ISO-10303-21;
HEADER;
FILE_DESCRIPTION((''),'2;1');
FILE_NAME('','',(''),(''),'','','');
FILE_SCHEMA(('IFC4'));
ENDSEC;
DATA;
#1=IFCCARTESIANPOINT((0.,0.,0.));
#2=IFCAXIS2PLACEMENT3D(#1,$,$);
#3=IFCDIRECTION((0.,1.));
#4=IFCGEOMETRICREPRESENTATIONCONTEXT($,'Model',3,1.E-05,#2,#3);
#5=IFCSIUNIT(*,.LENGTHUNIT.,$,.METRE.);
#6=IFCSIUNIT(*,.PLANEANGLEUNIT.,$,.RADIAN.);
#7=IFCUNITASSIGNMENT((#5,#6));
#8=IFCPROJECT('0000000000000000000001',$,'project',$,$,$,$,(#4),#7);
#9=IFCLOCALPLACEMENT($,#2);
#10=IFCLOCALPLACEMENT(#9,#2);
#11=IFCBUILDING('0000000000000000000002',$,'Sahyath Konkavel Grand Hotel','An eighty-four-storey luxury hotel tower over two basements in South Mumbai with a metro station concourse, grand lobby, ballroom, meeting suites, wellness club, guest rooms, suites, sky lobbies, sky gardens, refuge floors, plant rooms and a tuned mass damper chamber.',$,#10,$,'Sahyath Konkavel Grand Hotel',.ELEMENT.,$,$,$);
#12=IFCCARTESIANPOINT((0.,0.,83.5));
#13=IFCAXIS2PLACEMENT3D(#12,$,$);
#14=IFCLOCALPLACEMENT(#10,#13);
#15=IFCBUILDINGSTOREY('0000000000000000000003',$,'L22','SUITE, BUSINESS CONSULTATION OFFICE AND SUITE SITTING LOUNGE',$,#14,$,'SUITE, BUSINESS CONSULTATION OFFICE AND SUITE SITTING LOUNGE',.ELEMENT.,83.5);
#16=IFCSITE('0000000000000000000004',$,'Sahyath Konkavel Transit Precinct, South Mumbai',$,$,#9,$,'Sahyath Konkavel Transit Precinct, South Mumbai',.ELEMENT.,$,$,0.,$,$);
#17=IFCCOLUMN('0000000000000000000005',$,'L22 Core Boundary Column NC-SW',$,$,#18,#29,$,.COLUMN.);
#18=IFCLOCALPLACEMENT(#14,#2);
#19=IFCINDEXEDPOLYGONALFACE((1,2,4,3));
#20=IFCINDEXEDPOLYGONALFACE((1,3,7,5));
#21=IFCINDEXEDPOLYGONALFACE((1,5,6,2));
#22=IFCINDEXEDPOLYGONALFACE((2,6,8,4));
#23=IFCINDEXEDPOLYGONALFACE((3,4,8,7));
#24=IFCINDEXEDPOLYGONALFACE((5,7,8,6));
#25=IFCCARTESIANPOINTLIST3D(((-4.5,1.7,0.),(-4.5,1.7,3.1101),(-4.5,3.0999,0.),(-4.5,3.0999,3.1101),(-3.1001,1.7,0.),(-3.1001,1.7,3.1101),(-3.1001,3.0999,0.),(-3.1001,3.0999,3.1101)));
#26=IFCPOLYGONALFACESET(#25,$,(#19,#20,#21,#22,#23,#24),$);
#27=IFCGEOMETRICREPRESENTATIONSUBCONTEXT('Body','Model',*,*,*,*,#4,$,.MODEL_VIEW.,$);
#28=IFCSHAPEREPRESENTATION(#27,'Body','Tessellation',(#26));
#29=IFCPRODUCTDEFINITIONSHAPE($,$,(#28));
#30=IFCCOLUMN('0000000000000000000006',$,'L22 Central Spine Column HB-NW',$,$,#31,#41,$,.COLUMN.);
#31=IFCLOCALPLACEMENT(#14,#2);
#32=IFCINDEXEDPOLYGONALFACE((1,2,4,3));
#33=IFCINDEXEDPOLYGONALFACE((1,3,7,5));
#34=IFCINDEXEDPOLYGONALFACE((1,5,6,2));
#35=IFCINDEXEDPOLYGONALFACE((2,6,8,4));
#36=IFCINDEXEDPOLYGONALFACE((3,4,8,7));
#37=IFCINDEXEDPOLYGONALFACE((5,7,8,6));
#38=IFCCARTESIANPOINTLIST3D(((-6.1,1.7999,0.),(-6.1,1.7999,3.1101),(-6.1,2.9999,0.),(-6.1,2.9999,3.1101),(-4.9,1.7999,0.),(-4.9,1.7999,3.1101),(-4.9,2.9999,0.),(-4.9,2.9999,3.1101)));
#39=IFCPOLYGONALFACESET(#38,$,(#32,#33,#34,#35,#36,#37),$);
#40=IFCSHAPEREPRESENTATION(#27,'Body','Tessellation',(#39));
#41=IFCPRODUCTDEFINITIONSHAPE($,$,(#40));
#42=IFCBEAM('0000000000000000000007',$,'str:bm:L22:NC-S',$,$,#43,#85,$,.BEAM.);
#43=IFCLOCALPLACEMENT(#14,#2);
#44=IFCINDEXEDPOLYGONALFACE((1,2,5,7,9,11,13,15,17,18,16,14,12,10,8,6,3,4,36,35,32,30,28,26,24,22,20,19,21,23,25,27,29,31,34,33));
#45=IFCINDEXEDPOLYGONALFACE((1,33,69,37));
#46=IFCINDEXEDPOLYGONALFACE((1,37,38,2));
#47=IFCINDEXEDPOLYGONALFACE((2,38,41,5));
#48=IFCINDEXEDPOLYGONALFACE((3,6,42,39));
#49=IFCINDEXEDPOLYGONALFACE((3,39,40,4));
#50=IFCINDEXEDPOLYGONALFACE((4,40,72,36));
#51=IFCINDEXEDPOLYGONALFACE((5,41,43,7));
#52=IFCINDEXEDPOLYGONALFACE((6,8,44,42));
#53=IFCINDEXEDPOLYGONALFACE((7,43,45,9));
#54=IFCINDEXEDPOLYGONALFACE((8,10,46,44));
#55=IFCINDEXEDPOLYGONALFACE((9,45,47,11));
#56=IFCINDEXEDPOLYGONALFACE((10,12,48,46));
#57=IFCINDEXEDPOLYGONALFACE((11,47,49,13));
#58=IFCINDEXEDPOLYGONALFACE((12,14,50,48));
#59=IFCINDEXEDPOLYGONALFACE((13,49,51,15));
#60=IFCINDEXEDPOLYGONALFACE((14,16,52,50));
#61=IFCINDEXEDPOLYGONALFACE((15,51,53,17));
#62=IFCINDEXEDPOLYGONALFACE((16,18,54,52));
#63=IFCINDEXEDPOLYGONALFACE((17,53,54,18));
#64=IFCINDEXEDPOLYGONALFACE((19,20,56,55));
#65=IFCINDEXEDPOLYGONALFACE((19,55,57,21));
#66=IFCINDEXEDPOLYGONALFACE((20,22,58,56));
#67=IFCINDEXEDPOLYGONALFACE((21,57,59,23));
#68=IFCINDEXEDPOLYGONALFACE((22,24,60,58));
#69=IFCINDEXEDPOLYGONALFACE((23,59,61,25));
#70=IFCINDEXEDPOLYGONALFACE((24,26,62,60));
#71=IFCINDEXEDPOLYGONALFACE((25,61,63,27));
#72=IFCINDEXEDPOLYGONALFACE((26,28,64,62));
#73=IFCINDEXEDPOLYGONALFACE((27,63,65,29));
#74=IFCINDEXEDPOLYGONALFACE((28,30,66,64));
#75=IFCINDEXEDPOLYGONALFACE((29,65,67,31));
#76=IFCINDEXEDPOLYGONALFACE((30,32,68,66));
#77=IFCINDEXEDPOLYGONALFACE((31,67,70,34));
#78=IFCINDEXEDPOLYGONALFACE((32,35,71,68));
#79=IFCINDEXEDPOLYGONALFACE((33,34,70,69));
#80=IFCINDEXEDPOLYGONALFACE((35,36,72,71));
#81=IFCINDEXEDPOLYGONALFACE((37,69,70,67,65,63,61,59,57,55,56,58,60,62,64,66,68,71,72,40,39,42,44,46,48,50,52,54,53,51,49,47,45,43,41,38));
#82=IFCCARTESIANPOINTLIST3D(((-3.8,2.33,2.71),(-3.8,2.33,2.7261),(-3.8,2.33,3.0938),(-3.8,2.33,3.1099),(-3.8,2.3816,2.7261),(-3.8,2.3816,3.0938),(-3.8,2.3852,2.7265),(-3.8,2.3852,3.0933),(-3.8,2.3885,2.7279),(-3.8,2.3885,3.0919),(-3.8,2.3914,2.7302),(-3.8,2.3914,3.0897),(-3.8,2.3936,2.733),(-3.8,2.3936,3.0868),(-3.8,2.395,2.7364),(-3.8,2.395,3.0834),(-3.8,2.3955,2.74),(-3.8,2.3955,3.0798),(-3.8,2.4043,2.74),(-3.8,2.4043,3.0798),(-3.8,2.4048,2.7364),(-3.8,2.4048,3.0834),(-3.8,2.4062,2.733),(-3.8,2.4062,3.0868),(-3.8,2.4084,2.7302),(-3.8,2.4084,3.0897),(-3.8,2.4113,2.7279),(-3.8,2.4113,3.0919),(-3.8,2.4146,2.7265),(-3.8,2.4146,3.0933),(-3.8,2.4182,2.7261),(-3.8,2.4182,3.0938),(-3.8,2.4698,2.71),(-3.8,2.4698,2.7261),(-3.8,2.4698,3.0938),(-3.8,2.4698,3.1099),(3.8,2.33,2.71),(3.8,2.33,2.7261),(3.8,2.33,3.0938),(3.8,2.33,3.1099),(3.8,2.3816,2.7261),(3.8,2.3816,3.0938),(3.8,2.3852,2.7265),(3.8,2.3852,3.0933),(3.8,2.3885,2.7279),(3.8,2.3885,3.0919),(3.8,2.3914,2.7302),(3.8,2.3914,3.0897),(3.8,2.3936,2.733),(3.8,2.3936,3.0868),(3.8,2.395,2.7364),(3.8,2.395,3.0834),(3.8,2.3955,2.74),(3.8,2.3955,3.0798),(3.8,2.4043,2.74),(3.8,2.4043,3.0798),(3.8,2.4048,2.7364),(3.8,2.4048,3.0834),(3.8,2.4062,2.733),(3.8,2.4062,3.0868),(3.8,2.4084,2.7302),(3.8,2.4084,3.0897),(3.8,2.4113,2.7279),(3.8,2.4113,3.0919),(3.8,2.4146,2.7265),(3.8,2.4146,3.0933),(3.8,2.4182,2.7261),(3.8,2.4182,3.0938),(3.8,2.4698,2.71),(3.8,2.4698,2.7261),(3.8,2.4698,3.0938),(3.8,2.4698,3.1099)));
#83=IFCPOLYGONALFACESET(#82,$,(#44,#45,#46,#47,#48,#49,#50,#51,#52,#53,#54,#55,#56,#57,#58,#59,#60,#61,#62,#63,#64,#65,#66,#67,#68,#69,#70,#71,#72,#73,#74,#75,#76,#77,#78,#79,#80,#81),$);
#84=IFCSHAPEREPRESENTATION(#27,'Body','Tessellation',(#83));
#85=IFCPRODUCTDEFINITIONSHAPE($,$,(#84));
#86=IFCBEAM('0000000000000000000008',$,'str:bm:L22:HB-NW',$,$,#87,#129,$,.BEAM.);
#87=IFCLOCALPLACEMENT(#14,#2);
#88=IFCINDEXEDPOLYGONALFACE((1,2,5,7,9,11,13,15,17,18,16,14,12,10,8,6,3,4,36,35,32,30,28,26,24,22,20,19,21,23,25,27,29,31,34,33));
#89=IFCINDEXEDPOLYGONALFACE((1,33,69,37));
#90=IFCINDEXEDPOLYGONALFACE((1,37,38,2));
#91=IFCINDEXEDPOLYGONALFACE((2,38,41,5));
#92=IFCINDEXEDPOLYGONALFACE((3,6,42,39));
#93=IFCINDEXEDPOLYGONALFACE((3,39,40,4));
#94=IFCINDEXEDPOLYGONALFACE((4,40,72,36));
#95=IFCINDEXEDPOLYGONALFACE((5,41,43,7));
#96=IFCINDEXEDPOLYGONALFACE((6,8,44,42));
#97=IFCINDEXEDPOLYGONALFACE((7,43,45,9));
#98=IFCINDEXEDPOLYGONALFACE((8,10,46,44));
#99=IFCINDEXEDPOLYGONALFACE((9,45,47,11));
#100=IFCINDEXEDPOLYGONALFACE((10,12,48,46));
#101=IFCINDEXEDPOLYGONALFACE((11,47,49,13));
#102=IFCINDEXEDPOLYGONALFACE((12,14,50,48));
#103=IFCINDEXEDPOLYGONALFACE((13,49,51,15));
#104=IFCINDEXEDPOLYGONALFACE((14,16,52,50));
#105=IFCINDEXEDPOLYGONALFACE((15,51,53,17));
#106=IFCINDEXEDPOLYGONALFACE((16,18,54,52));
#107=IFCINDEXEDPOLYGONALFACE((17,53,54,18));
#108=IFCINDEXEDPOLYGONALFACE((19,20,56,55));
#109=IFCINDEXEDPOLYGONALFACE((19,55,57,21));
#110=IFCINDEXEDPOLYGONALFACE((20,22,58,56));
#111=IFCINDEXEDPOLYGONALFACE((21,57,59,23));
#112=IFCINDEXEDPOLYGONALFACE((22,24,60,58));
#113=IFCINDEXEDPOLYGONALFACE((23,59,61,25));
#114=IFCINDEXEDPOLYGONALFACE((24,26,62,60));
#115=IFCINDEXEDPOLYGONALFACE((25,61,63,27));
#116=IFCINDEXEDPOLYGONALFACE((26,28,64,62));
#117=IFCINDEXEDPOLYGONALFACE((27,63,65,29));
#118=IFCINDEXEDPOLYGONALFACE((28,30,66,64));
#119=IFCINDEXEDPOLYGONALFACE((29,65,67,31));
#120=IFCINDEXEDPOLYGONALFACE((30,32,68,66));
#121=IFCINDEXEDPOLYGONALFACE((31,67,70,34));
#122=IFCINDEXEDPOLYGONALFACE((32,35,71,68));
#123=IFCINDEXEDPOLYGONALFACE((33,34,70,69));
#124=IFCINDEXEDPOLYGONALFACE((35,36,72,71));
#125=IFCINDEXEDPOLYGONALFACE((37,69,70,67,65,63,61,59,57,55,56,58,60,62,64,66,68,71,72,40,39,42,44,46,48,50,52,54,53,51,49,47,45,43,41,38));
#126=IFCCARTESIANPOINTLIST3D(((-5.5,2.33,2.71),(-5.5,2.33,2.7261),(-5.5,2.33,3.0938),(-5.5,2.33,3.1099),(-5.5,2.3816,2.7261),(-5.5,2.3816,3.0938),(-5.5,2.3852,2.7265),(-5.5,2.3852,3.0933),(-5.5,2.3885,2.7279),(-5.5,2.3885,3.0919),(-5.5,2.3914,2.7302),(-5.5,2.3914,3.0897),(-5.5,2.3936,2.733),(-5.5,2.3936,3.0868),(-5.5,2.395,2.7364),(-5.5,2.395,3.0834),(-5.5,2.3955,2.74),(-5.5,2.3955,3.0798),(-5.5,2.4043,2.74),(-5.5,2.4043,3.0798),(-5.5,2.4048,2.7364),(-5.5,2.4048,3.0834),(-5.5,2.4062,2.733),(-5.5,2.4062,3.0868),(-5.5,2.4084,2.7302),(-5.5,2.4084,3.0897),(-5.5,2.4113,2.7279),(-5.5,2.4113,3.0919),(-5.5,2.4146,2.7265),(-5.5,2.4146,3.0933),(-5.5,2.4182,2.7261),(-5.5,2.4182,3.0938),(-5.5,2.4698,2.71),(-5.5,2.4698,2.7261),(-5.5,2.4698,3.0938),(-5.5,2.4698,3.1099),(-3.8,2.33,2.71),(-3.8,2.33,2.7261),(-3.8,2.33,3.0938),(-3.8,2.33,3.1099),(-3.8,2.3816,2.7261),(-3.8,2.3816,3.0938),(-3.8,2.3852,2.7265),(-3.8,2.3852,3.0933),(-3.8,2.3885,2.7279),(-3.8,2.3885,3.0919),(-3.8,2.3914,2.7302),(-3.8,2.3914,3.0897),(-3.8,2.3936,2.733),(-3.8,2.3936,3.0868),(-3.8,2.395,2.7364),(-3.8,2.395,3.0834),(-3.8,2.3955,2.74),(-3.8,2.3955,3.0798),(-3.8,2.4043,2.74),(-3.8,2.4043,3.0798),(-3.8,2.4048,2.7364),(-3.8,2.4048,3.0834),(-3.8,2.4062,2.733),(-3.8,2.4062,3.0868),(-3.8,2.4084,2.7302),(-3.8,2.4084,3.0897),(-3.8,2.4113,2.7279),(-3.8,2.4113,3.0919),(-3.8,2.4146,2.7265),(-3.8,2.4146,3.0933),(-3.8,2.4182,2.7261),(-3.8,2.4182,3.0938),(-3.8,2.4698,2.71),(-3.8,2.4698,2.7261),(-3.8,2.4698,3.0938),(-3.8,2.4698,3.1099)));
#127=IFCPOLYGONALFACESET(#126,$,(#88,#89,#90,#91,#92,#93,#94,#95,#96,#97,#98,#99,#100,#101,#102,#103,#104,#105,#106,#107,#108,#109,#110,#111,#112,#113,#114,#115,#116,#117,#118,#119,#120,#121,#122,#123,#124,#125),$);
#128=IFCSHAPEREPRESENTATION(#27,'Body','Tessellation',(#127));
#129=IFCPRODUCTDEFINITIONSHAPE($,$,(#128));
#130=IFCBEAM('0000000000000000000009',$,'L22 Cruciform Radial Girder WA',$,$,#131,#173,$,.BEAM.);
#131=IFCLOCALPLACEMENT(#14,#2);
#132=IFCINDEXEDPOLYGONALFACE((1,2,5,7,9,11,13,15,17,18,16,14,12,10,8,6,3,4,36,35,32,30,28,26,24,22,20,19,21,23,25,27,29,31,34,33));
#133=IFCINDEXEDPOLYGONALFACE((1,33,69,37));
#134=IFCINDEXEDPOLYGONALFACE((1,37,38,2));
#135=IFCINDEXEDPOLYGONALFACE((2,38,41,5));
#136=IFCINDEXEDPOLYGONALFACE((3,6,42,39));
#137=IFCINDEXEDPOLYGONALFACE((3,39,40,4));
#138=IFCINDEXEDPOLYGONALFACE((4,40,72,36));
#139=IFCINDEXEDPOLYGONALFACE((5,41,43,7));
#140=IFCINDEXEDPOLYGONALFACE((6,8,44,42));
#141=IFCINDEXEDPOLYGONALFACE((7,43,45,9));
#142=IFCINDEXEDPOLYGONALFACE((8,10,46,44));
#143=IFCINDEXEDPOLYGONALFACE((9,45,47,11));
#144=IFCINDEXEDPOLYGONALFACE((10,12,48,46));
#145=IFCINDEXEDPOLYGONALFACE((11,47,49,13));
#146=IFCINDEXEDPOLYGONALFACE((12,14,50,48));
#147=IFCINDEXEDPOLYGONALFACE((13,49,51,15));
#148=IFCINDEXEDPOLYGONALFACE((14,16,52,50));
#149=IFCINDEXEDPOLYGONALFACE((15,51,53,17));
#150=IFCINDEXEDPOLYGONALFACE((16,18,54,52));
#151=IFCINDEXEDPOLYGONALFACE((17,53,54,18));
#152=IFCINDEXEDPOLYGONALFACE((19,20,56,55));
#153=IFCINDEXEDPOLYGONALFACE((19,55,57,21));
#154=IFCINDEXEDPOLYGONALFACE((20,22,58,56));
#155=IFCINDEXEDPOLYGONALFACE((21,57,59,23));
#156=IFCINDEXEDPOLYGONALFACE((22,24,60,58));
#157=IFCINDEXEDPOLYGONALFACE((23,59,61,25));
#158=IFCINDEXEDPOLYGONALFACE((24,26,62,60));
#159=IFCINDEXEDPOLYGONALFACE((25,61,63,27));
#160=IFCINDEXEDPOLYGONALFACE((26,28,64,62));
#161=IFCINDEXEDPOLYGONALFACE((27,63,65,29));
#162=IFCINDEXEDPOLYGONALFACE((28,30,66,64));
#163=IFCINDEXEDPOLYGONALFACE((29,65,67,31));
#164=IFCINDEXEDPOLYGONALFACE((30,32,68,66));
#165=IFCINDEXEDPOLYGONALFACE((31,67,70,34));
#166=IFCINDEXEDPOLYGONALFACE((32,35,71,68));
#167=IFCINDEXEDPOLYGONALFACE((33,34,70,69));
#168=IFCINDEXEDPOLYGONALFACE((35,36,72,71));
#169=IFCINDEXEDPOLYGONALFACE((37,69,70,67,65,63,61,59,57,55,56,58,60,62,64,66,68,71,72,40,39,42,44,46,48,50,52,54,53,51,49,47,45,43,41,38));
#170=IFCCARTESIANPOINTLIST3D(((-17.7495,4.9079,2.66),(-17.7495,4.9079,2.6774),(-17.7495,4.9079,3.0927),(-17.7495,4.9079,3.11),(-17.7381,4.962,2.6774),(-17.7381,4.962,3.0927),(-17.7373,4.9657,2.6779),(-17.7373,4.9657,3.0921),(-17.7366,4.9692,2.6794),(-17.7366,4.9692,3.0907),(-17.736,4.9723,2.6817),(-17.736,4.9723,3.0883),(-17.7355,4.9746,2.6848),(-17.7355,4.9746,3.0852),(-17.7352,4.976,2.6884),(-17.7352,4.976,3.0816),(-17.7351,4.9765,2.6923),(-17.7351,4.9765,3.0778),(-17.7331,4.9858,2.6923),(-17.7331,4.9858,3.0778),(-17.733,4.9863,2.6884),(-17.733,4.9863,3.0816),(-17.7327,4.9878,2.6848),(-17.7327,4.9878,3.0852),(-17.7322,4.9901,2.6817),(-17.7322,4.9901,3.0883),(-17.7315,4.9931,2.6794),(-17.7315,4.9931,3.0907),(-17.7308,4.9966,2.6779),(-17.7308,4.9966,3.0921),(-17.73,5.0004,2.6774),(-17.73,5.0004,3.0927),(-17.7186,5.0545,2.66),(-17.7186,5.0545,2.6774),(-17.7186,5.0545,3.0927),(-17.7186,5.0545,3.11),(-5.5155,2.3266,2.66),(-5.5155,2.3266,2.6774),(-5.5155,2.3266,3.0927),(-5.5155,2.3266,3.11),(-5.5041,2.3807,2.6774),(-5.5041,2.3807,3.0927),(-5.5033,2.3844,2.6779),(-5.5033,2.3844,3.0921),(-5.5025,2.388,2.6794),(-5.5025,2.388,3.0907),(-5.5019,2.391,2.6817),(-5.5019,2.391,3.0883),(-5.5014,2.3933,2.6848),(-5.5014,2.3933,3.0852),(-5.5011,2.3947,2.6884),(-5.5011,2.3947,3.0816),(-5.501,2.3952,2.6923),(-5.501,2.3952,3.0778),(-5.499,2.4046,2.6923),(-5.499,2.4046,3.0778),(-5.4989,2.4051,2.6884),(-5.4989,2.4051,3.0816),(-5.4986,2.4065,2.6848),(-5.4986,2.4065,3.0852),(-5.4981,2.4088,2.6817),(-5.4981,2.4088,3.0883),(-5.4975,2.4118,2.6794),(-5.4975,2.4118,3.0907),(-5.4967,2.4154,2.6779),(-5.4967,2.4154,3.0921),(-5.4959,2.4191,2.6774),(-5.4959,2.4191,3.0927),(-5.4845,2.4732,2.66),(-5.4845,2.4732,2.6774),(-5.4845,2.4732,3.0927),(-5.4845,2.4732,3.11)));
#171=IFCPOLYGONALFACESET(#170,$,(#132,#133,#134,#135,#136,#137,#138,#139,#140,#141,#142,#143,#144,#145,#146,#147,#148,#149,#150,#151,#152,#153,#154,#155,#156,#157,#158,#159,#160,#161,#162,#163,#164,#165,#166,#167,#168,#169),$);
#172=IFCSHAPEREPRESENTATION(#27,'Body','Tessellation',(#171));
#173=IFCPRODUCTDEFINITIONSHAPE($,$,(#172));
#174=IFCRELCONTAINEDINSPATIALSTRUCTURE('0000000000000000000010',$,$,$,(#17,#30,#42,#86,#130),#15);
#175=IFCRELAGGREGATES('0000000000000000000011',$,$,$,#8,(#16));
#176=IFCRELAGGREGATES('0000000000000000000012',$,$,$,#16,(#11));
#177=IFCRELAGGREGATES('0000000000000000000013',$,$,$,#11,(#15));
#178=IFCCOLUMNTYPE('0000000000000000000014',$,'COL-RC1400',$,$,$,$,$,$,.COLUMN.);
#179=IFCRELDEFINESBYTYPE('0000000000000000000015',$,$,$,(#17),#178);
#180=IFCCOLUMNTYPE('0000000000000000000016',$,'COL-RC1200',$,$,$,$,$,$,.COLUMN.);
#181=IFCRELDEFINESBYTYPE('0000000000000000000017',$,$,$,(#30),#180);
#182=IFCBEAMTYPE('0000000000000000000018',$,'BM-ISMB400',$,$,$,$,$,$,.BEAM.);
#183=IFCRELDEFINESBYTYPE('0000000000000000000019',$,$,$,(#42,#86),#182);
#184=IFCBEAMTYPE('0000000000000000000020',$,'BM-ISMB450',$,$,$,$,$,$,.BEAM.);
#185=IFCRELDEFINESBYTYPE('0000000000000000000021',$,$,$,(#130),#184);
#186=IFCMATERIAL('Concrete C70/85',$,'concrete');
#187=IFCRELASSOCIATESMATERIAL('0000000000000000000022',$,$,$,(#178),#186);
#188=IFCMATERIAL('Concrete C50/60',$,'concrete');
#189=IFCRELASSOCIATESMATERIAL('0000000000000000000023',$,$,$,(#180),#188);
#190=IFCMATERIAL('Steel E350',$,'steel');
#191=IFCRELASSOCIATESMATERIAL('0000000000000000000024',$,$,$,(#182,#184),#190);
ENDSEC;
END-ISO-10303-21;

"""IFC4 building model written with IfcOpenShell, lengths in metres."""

from ifc_helpers import new_model, si_unit, direction, frame, origin, origin_2d, place, context, subcontext, project, spatial, rectangle, i_section, extrude, source, transform, mapped, material, material_profile, profile_set, type_object, element, save


model = new_model("IFC4")

# Units and contexts
model_context = context("Model", 3, precision=1e-05, world=origin(), true_north=direction((0.0, 1.0)))
body_context = subcontext(model_context, "Body", "Model", "MODEL_VIEW")
ifc_project = project(units=[si_unit("LENGTHUNIT", "METRE"), si_unit("PLANEANGLEUNIT", "RADIAN")], contexts=[model_context])

# Site, building, storey
site_placement = place(None, origin())
site = spatial("IfcSite", under=ifc_project, at=site_placement, Name="Sahyath Konkavel Transit Precinct, South Mumbai", LongName="Sahyath Konkavel Transit Precinct, South Mumbai", CompositionType="ELEMENT", RefElevation=0.0)
building_placement = place(site_placement, origin())
building = spatial("IfcBuilding", under=site, at=building_placement, Name="Sahyath Konkavel Grand Hotel", Description="An eighty-four-storey luxury hotel tower over two basements in South Mumbai with a metro station concourse, grand lobby, ballroom, meeting suites, wellness club, guest rooms, suites, sky lobbies, sky gardens, refuge floors, plant rooms and a tuned mass damper chamber.", LongName="Sahyath Konkavel Grand Hotel", CompositionType="ELEMENT")
storey_placement = place(building_placement, frame((0.0, 0.0, 83.5)))
storey = spatial("IfcBuildingStorey", under=building, at=storey_placement, Name="L22", Description="SUITE, BUSINESS CONSULTATION OFFICE AND SUITE SITTING LOUNGE", LongName="SUITE, BUSINESS CONSULTATION OFFICE AND SUITE SITTING LOUNGE", CompositionType="ELEMENT", Elevation=83.5)

# Columns
ifc_material_1 = material(Name="Concrete C70/85", Category="concrete")
ifc_material_profile_1 = material_profile(ifc_material_1, rectangle(XDim=1.3999, YDim=1.3999, at=origin_2d()), Name="RC 1400x1400")
ifc_profile_set_1 = profile_set([ifc_material_profile_1], Name="Concrete C70/85")
column_type_1 = type_object("IfcColumnType", Name="COL-RC1400", PredefinedType="COLUMN", material=ifc_profile_set_1)
shared_shape_1 = source(origin(), body_context, "Body", "SweptSolid", [
    extrude(rectangle(XDim=1.3999, YDim=1.3999, at=origin_2d()), origin(), (0.0, 0.0, 1.0), 3.1101),
])
column_1_placement = place(storey_placement, frame((-3.8, 2.3999, 0.0), z_axis=(0.0, 0.0, 1.0), x_axis=(1.0, 0.0, 0.0)))
element("IfcColumn", 1, at=column_1_placement, inside=storey, type_object=column_type_1, Name="L22 Core Boundary Column NC-SW", PredefinedType="COLUMN", context=body_context, shape_type="MappedRepresentation", body=[
    mapped(shared_shape_1, transform((0.0, 0.0, 0.0), scale=1.0)),
])
ifc_material_2 = material(Name="Concrete C50/60", Category="concrete")
ifc_material_profile_2 = material_profile(ifc_material_2, rectangle(XDim=1.2, YDim=1.2, at=origin_2d()), Name="RC 1200x1200")
ifc_profile_set_2 = profile_set([ifc_material_profile_2], Name="Concrete C50/60")
column_type_2 = type_object("IfcColumnType", Name="COL-RC1200", PredefinedType="COLUMN", material=ifc_profile_set_2)
shared_shape_2 = source(origin(), body_context, "Body", "SweptSolid", [
    extrude(rectangle(XDim=1.2, YDim=1.2, at=origin_2d()), origin(), (0.0, 0.0, 1.0), 3.1101),
])
column_2_placement = place(storey_placement, frame((-5.5, 2.3999, 0.0), z_axis=(0.0, 0.0, 1.0), x_axis=(1.0, 0.0, 0.0)))
element("IfcColumn", 2, at=column_2_placement, inside=storey, type_object=column_type_2, Name="L22 Central Spine Column HB-NW", PredefinedType="COLUMN", context=body_context, shape_type="MappedRepresentation", body=[
    mapped(shared_shape_2, transform((0.0, 0.0, 0.0), scale=1.0)),
])

# Beams
ifc_material_3 = material(Name="Steel E350", Category="steel")
ifc_material_profile_3 = material_profile(ifc_material_3, i_section(OverallWidth=0.1399, OverallDepth=0.3999, WebThickness=0.0088, FlangeThickness=0.0161, FilletRadius=0.0139, at=origin_2d()), Name="ISMB 400")
ifc_profile_set_3 = profile_set([ifc_material_profile_3], Name="Steel E350")
beam_type_1 = type_object("IfcBeamType", Name="BM-ISMB400", PredefinedType="BEAM", material=ifc_profile_set_3)
shared_shape_3 = source(origin(), body_context, "Body", "SweptSolid", [
    extrude(i_section(OverallWidth=0.1399, OverallDepth=0.3999, WebThickness=0.0088, FlangeThickness=0.0161, FilletRadius=0.0139, at=origin_2d()), origin(), (0.0, 0.0, 1.0), 7.6001),
])
beam_1_placement = place(storey_placement, frame((-3.8, 2.3999, 2.9099), z_axis=(1.0, 0.0, 0.0), x_axis=(0.0, 1.0, 0.0)))
element("IfcBeam", 3, at=beam_1_placement, inside=storey, type_object=beam_type_1, Name="str:bm:L22:NC-S", PredefinedType="BEAM", context=body_context, shape_type="MappedRepresentation", body=[
    mapped(shared_shape_3, transform((0.0, 0.0, 0.0), scale=1.0)),
])
shared_shape_4 = source(origin(), body_context, "Body", "SweptSolid", [
    extrude(i_section(OverallWidth=0.1399, OverallDepth=0.3999, WebThickness=0.0088, FlangeThickness=0.0161, FilletRadius=0.0139, at=origin_2d()), origin(), (0.0, 0.0, 1.0), 1.7),
])
beam_2_placement = place(storey_placement, frame((-5.5, 2.3999, 2.9099), z_axis=(1.0, 0.0, 0.0), x_axis=(0.0, 1.0, 0.0)))
element("IfcBeam", 4, at=beam_2_placement, inside=storey, type_object=beam_type_1, Name="str:bm:L22:HB-NW", PredefinedType="BEAM", context=body_context, shape_type="MappedRepresentation", body=[
    mapped(shared_shape_4, transform((0.0, 0.0, 0.0), scale=1.0)),
])
ifc_material_profile_4 = material_profile(ifc_material_3, i_section(OverallWidth=0.1499, OverallDepth=0.45, WebThickness=0.0095, FlangeThickness=0.0173, FilletRadius=0.0149, at=origin_2d()), Name="ISMB 450")
ifc_profile_set_4 = profile_set([ifc_material_profile_4], Name="Steel E350")
beam_type_2 = type_object("IfcBeamType", Name="BM-ISMB450", PredefinedType="BEAM", material=ifc_profile_set_4)
shared_shape_5 = source(origin(), body_context, "Body", "SweptSolid", [
    extrude(i_section(OverallWidth=0.1499, OverallDepth=0.45, WebThickness=0.0095, FlangeThickness=0.0173, FilletRadius=0.0149, at=origin_2d()), origin(), (0.0, 0.0, 1.0), 12.5034),
])
beam_3_placement = place(storey_placement, frame((-5.5, 2.3999, 2.885), z_axis=(-0.978458, 0.206446, 0.0), x_axis=(-0.206446, -0.978458, 0.0)))
element("IfcBeam", 5, at=beam_3_placement, inside=storey, type_object=beam_type_2, Name="L22 Cruciform Radial Girder WA", PredefinedType="BEAM", context=body_context, shape_type="MappedRepresentation", body=[
    mapped(shared_shape_5, transform((0.0, 0.0, 0.0), scale=1.0)),
])

save(model, "model.ifc")
